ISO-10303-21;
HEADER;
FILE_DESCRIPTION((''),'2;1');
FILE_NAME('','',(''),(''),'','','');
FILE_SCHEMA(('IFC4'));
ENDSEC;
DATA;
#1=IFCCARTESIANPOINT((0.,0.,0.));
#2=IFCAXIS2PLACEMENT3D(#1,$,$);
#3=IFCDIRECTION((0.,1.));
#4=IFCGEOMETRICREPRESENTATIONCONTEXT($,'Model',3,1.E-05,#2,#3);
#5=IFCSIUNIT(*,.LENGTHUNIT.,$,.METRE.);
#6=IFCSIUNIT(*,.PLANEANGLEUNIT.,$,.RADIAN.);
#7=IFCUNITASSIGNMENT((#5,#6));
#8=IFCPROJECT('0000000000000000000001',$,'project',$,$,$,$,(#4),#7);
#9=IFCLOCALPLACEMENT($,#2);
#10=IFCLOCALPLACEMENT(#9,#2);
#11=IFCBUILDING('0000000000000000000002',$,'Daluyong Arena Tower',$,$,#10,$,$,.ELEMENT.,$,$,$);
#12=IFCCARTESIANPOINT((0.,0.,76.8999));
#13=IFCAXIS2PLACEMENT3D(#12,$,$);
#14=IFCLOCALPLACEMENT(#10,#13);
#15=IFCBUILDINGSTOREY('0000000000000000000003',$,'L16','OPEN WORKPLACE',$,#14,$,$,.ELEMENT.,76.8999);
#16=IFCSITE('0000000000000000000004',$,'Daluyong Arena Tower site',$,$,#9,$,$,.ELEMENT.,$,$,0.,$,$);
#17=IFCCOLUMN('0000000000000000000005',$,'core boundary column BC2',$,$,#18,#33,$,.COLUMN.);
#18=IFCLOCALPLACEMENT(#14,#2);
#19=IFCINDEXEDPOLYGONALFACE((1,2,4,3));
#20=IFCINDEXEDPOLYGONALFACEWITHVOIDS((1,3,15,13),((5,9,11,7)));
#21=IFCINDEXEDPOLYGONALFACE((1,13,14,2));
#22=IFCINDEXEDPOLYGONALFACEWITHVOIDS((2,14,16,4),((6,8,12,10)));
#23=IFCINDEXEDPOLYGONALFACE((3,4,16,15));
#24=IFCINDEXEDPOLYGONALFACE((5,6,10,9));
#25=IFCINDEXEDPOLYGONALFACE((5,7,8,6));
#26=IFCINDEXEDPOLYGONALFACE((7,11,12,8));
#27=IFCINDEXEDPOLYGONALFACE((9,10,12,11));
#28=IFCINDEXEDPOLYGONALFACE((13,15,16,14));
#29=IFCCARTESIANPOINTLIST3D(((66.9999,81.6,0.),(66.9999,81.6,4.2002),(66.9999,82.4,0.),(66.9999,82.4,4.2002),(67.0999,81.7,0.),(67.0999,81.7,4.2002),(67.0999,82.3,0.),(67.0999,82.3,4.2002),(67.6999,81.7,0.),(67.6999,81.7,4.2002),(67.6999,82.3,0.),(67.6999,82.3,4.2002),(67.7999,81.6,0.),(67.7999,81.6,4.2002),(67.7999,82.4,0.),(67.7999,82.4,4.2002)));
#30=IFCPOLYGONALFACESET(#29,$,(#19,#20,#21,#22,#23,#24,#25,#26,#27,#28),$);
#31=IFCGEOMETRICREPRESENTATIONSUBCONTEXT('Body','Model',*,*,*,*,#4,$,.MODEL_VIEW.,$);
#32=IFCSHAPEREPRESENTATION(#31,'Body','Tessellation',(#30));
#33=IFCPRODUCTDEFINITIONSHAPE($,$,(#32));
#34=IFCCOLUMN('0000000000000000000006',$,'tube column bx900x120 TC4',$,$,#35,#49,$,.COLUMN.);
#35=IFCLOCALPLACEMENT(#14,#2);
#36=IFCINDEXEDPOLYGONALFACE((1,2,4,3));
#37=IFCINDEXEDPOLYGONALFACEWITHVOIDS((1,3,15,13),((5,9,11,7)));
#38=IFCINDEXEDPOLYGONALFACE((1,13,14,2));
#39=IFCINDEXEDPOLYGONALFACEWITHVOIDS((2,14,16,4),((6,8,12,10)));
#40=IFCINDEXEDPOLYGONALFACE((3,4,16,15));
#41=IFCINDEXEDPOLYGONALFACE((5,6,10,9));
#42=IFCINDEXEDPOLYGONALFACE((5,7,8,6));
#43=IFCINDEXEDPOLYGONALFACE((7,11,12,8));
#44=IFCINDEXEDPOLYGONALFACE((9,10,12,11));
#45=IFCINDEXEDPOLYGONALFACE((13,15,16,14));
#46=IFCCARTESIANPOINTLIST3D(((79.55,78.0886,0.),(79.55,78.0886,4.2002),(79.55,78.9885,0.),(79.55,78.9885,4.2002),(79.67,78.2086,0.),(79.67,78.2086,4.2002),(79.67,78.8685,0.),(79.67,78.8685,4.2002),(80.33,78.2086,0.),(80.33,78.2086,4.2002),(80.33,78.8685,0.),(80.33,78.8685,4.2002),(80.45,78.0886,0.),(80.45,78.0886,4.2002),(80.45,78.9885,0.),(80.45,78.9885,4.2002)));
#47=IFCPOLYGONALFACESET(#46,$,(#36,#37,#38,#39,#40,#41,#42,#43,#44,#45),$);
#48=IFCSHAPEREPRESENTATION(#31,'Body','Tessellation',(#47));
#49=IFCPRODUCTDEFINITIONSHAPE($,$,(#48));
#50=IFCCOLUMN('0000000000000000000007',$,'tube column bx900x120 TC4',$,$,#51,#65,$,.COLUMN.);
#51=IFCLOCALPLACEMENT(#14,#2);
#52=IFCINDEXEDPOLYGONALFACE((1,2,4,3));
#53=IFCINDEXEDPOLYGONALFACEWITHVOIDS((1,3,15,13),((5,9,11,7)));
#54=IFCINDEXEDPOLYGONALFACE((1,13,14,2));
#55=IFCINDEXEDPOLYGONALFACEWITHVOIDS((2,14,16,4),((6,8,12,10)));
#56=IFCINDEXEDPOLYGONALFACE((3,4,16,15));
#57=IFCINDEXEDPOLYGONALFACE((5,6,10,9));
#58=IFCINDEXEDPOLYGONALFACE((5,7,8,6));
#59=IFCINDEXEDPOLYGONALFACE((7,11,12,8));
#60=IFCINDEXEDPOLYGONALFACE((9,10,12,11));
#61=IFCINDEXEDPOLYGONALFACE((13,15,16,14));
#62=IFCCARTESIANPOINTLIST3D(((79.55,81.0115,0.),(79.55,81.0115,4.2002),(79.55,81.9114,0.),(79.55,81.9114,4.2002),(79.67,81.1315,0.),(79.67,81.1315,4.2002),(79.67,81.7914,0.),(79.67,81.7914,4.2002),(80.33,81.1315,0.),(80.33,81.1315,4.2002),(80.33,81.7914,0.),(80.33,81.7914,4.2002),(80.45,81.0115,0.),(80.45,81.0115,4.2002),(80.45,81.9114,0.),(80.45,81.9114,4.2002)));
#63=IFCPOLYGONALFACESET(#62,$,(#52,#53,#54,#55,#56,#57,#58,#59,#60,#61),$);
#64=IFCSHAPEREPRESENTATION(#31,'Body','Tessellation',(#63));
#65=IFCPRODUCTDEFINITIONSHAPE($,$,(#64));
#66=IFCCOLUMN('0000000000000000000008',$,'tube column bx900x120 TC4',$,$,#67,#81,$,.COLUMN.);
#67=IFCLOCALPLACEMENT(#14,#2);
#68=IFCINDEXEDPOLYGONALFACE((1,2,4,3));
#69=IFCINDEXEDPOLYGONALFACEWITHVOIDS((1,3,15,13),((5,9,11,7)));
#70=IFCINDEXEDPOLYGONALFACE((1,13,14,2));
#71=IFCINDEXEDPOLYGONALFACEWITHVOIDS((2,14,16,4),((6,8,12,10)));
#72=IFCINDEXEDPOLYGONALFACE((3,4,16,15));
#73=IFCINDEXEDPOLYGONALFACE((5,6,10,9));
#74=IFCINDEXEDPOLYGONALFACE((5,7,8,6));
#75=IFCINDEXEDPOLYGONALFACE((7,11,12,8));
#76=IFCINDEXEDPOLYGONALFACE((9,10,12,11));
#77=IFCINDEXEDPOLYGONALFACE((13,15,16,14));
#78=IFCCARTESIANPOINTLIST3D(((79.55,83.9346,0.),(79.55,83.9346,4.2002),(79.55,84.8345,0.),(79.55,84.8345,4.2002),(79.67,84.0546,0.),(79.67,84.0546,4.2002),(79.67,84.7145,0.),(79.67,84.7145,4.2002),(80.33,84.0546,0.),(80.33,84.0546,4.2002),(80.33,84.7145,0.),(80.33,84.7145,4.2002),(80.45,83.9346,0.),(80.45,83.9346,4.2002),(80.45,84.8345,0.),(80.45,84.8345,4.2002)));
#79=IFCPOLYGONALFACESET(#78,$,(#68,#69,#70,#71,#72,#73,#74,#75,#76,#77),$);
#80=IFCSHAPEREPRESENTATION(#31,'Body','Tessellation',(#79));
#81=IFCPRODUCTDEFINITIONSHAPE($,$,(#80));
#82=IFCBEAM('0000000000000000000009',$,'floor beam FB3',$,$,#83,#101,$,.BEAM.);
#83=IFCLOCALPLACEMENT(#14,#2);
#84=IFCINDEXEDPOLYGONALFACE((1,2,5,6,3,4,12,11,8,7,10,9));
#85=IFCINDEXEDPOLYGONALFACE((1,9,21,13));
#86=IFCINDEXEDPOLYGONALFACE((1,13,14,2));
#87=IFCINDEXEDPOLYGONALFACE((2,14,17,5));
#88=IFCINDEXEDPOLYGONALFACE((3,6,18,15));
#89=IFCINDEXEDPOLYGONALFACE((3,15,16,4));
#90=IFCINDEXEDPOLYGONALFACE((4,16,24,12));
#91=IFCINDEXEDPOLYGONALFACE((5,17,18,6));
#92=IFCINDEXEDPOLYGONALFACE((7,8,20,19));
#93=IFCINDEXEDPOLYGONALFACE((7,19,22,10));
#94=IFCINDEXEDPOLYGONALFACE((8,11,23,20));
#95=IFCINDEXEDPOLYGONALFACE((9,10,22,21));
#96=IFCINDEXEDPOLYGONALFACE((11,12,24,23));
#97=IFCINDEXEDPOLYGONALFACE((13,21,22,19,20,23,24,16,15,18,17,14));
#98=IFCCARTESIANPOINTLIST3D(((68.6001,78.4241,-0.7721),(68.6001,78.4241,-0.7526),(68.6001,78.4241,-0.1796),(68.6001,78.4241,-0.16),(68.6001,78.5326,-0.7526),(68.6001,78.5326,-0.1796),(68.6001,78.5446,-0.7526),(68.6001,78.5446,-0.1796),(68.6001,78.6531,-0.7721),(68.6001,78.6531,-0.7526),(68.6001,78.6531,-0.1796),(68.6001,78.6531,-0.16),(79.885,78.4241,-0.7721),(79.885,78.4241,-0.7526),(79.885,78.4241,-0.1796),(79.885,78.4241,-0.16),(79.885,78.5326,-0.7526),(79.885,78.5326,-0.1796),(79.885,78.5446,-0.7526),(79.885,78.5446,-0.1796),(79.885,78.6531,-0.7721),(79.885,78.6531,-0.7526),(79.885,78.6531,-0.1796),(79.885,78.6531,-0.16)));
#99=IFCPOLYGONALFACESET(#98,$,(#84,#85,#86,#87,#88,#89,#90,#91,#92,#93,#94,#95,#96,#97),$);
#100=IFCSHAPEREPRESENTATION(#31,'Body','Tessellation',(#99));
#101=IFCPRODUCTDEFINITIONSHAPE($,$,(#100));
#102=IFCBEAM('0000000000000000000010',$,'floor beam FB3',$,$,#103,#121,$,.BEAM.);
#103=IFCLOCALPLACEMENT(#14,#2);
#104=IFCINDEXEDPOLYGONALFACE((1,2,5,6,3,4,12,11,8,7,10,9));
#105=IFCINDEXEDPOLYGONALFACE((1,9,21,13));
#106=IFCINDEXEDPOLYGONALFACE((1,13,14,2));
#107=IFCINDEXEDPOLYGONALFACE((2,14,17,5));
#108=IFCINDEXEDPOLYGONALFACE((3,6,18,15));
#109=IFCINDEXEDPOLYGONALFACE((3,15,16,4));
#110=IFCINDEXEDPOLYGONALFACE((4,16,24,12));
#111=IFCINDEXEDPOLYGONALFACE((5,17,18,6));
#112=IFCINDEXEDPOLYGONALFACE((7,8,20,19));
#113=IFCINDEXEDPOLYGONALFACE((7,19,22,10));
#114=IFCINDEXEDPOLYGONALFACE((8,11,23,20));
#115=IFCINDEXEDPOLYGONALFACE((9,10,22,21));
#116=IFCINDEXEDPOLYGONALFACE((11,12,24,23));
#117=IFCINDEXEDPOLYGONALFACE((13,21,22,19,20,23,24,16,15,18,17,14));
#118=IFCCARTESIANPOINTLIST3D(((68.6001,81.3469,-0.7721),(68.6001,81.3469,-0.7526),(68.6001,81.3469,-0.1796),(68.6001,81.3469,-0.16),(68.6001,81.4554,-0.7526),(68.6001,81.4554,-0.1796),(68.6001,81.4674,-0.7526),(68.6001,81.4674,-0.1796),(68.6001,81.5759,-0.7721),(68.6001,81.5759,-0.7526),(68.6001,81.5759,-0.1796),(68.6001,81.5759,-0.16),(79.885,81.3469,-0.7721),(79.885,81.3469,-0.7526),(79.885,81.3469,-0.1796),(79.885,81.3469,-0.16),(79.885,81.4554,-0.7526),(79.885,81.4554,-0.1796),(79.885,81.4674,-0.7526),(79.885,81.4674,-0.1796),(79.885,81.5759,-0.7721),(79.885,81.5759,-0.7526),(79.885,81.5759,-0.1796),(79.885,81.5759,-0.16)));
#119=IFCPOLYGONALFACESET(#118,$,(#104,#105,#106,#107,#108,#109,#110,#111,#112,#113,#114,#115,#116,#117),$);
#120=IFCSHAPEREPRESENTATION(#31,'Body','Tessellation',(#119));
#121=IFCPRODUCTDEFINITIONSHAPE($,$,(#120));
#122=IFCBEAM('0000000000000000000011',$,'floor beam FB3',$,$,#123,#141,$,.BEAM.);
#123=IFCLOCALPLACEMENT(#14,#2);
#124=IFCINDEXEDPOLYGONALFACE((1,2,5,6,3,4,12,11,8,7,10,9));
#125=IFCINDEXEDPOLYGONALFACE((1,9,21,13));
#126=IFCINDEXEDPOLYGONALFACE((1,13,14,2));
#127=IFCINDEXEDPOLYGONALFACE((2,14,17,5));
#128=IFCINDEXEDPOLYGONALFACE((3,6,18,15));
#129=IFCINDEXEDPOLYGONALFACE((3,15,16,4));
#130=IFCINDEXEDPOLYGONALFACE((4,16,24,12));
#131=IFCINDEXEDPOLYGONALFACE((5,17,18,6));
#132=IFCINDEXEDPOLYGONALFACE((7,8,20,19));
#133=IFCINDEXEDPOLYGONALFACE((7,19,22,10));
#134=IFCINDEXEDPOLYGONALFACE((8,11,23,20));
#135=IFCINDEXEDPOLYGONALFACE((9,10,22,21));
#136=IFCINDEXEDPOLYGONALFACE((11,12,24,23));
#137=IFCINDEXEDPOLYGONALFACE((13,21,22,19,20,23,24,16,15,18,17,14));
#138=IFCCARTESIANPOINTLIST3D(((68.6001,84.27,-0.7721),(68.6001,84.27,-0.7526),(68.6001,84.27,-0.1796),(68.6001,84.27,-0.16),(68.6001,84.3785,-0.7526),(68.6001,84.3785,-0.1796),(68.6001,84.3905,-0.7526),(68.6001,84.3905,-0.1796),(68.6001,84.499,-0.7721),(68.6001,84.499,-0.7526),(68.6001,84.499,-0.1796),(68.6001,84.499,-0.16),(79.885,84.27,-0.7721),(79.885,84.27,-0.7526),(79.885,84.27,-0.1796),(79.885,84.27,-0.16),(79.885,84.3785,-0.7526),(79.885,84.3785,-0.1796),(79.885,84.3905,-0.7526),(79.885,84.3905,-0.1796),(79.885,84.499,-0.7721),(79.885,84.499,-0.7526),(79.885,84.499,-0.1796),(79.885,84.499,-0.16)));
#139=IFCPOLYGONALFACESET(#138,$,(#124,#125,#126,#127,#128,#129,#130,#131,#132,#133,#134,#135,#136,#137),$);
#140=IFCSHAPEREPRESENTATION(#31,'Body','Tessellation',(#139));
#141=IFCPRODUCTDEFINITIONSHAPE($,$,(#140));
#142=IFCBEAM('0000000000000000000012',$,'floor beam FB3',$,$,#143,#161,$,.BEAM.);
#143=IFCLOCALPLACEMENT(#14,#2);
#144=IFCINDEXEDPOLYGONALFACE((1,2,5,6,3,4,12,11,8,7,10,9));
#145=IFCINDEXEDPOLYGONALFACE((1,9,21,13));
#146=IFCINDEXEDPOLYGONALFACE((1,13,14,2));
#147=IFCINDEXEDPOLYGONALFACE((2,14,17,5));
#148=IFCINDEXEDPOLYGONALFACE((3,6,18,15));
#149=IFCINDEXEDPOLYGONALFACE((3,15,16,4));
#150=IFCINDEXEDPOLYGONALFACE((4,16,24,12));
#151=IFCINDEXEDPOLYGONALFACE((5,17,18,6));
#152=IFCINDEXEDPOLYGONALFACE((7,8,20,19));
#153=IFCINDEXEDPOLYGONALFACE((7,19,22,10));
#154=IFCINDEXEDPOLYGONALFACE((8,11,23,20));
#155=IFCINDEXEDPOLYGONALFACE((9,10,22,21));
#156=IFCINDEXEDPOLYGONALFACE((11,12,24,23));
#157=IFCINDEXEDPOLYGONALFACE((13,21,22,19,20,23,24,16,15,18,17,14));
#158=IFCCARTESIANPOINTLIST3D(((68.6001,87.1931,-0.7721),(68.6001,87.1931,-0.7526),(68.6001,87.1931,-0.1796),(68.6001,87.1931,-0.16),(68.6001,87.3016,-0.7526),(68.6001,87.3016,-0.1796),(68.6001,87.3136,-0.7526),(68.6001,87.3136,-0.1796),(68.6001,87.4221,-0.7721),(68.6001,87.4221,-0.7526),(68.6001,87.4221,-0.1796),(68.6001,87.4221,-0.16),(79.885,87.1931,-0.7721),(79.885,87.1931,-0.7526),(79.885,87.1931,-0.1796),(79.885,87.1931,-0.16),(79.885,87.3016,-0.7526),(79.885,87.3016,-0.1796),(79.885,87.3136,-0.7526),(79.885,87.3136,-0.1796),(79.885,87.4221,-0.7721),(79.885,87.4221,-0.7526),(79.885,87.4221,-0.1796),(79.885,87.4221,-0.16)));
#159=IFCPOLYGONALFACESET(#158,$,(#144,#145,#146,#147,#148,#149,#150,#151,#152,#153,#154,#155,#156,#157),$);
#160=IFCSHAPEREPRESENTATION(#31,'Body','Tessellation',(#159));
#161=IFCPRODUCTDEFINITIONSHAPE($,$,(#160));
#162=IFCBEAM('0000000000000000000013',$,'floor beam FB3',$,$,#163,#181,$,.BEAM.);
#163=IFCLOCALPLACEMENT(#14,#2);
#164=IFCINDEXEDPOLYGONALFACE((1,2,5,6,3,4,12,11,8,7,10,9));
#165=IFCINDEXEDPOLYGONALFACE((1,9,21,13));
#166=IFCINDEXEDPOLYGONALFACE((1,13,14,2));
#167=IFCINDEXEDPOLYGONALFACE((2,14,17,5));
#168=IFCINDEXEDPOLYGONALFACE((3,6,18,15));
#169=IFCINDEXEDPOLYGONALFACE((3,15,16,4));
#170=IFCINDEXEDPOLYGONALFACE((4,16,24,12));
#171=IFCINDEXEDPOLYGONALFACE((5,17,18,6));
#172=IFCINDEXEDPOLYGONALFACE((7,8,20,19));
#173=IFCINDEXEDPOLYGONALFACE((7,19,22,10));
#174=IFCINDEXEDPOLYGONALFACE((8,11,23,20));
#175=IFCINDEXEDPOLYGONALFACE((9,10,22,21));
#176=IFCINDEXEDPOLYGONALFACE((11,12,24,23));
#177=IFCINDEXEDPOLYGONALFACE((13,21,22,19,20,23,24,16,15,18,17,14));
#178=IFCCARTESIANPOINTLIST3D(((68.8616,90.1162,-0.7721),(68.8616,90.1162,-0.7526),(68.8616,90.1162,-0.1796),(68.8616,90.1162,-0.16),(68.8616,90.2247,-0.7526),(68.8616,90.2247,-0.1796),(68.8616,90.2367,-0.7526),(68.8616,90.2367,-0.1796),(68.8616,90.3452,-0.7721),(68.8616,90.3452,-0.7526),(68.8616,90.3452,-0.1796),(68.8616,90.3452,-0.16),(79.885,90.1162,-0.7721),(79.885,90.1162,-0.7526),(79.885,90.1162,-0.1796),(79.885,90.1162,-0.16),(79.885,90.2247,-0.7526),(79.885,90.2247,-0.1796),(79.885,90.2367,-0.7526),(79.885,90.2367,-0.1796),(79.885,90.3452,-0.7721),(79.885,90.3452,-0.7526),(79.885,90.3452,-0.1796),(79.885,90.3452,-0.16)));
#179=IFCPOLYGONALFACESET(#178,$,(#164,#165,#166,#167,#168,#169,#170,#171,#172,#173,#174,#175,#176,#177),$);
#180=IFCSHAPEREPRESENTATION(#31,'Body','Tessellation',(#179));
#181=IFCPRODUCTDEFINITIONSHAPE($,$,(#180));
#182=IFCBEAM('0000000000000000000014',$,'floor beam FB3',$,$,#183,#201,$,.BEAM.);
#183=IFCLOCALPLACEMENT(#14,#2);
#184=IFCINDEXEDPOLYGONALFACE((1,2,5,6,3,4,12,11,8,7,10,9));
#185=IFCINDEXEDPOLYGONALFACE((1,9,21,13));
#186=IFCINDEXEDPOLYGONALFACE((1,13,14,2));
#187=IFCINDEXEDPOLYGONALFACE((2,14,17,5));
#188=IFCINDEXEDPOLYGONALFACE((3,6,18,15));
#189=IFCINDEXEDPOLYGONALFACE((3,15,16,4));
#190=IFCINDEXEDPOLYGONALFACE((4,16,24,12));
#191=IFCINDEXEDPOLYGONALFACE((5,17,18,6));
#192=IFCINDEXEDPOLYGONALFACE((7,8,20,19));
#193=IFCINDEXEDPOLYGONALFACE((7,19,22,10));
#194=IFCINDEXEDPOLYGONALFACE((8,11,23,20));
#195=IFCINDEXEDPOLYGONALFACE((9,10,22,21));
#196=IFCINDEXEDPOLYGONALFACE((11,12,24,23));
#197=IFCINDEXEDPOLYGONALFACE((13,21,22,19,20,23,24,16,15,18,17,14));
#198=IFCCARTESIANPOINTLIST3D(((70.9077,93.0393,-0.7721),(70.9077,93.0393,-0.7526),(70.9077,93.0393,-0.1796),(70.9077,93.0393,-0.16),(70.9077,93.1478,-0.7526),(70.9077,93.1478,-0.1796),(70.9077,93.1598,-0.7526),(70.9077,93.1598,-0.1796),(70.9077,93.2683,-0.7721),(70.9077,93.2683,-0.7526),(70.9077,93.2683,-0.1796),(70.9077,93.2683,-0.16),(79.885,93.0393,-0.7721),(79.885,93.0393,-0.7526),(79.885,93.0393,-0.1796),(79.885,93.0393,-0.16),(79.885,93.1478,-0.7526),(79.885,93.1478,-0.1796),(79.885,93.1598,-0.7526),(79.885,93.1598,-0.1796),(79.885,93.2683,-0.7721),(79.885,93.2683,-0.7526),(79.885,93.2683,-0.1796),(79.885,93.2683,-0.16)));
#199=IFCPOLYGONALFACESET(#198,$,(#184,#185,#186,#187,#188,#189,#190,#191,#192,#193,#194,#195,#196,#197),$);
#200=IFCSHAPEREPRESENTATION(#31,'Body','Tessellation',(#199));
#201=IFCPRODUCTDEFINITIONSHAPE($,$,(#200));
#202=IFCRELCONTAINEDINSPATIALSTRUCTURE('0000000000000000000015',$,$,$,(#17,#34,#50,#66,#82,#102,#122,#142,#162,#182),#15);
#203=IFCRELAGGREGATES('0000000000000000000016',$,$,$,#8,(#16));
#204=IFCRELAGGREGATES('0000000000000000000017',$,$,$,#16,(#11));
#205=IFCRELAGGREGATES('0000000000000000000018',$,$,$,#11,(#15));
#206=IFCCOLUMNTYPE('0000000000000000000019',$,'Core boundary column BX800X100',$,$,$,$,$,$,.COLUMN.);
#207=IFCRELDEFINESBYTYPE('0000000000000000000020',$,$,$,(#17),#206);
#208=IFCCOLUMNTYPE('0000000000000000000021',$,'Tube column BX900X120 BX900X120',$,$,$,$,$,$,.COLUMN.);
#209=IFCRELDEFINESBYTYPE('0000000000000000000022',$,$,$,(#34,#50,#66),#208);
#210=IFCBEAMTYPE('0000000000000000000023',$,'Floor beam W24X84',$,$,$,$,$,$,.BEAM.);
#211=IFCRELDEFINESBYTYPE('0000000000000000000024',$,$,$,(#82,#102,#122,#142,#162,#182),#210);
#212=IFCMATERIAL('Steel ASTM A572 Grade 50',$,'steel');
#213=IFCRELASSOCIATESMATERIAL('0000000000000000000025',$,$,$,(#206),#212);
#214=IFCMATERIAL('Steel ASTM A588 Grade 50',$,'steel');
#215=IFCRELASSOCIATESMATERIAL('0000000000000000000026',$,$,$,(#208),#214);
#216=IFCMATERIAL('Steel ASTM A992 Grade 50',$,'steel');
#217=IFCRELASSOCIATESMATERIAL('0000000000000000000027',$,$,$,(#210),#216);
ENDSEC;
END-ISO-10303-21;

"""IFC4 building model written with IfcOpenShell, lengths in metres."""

from ifc_helpers import new_model, si_unit, direction, frame, origin, origin_2d, place, context, subcontext, project, spatial, hollow_rectangle, i_section, extrude, material, material_profile, profile_set, type_object, element, save


model = new_model("IFC4")

# Units and contexts
model_context = context("Model", 3, precision=1e-05, world=origin(), true_north=direction((0.0, 1.0)))
body_context = subcontext(model_context, "Body", "Model", "MODEL_VIEW")
ifc_project = project(units=[si_unit("LENGTHUNIT", "METRE"), si_unit("PLANEANGLEUNIT", "RADIAN")], contexts=[model_context])

# Site, building, storey
site_placement = place(None, origin())
site = spatial("IfcSite", under=ifc_project, at=site_placement, Name="Daluyong Arena Tower site", CompositionType="ELEMENT", RefElevation=0.0)
building_placement = place(site_placement, origin())
building = spatial("IfcBuilding", under=site, at=building_placement, Name="Daluyong Arena Tower", CompositionType="ELEMENT")
storey_placement = place(building_placement, frame((0.0, 0.0, 76.8999)))
storey = spatial("IfcBuildingStorey", under=building, at=storey_placement, Name="L16", Description="OPEN WORKPLACE", CompositionType="ELEMENT", Elevation=76.8999)

# Columns
ifc_material_1 = material(Name="Steel ASTM A572 Grade 50", Category="steel")
ifc_material_profile_1 = material_profile(ifc_material_1, hollow_rectangle(XDim=0.8, YDim=0.8, WallThickness=0.1, at=origin_2d()))
ifc_profile_set_1 = profile_set([ifc_material_profile_1], Name="Steel ASTM A572 Grade 50")
column_type_1 = type_object("IfcColumnType", Name="Core boundary column BX800X100", PredefinedType="COLUMN", material=ifc_profile_set_1)
column_placement = place(storey_placement, frame((67.3999, 82.0, 0.0), z_axis=(0.0, 0.0, 1.0), x_axis=(1.0, 0.0, 0.0)))
element("IfcColumn", 1, at=column_placement, inside=storey, type_object=column_type_1, Name="core boundary column BC2", PredefinedType="COLUMN", context=body_context, shape_type="SweptSolid", body=[
    extrude(hollow_rectangle(XDim=0.8, YDim=0.8, WallThickness=0.1, at=origin_2d()), origin(), (0.0, 0.0, 1.0), 4.2002),
])
ifc_material_2 = material(Name="Steel ASTM A588 Grade 50", Category="steel")
ifc_material_profile_2 = material_profile(ifc_material_2, hollow_rectangle(XDim=0.8999, YDim=0.8999, WallThickness=0.12, at=origin_2d()))
ifc_profile_set_2 = profile_set([ifc_material_profile_2], Name="Steel ASTM A588 Grade 50")
column_type_2 = type_object("IfcColumnType", Name="Tube column BX900X120 BX900X120", PredefinedType="COLUMN", material=ifc_profile_set_2)
for number, where, z_axis, x_axis, name in (
    (2, (80.0, 78.5386, 0.0), (0.0, 0.0, 1.0), (0.0, 1.0, 0.0), "tube column bx900x120 TC4"),
    (3, (80.0, 81.4614, 0.0), (0.0, 0.0, 1.0), (0.0, 1.0, 0.0), "tube column bx900x120 TC4"),
    (4, (80.0, 84.3845, 0.0), (0.0, 0.0, 1.0), (0.0, 1.0, 0.0), "tube column bx900x120 TC4"),
):
    element("IfcColumn", number, at=place(storey_placement, frame(where, z_axis=z_axis, x_axis=x_axis)), inside=storey, type_object=column_type_2, Name=name, PredefinedType="COLUMN", context=body_context, shape_type="SweptSolid", body=[
        extrude(hollow_rectangle(XDim=0.8999, YDim=0.8999, WallThickness=0.12, at=origin_2d()), origin(), (0.0, 0.0, 1.0), 4.2002),
    ])

# Beams
ifc_material_3 = material(Name="Steel ASTM A992 Grade 50", Category="steel")
ifc_material_profile_3 = material_profile(ifc_material_3, i_section(OverallWidth=0.229, OverallDepth=0.6121, WebThickness=0.012, FlangeThickness=0.0195, at=origin_2d()))
ifc_profile_set_3 = profile_set([ifc_material_profile_3], Name="Steel ASTM A992 Grade 50")
beam_type_1 = type_object("IfcBeamType", Name="Floor beam W24X84", PredefinedType="BEAM", material=ifc_profile_set_3)
for number, where, z_axis, x_axis, name in (
    (5, (79.885, 78.5386, -0.4661), (-1.0, 0.0, 0.0), (0.0, -1.0, 0.0), "floor beam FB3"),
    (6, (79.885, 81.4614, -0.4661), (-1.0, 0.0, 0.0), (0.0, -1.0, 0.0), "floor beam FB3"),
    (7, (79.885, 84.3845, -0.4661), (-1.0, 0.0, 0.0), (0.0, -1.0, 0.0), "floor beam FB3"),
    (8, (79.885, 87.3076, -0.4661), (-1.0, 0.0, 0.0), (0.0, -1.0, 0.0), "floor beam FB3"),
):
    element("IfcBeam", number, at=place(storey_placement, frame(where, z_axis=z_axis, x_axis=x_axis)), inside=storey, type_object=beam_type_1, Name=name, PredefinedType="BEAM", context=body_context, shape_type="SweptSolid", body=[
        extrude(i_section(OverallWidth=0.229, OverallDepth=0.6121, WebThickness=0.012, FlangeThickness=0.0195, at=origin_2d()), origin(), (0.0, 0.0, 1.0), 11.2849),
    ])
beam_1_placement = place(storey_placement, frame((79.885, 90.2307, -0.4661), z_axis=(-1.0, 0.0, 0.0), x_axis=(0.0, -1.0, 0.0)))
element("IfcBeam", 9, at=beam_1_placement, inside=storey, type_object=beam_type_1, Name="floor beam FB3", PredefinedType="BEAM", context=body_context, shape_type="SweptSolid", body=[
    extrude(i_section(OverallWidth=0.229, OverallDepth=0.6121, WebThickness=0.012, FlangeThickness=0.0195, at=origin_2d()), origin(), (0.0, 0.0, 1.0), 11.0234),
])
beam_2_placement = place(storey_placement, frame((79.885, 93.1538, -0.4661), z_axis=(-1.0, 0.0, 0.0), x_axis=(0.0, -1.0, 0.0)))
element("IfcBeam", 10, at=beam_2_placement, inside=storey, type_object=beam_type_1, Name="floor beam FB3", PredefinedType="BEAM", context=body_context, shape_type="SweptSolid", body=[
    extrude(i_section(OverallWidth=0.229, OverallDepth=0.6121, WebThickness=0.012, FlangeThickness=0.0195, at=origin_2d()), origin(), (0.0, 0.0, 1.0), 8.9773),
])

save(model, "model.ifc")
